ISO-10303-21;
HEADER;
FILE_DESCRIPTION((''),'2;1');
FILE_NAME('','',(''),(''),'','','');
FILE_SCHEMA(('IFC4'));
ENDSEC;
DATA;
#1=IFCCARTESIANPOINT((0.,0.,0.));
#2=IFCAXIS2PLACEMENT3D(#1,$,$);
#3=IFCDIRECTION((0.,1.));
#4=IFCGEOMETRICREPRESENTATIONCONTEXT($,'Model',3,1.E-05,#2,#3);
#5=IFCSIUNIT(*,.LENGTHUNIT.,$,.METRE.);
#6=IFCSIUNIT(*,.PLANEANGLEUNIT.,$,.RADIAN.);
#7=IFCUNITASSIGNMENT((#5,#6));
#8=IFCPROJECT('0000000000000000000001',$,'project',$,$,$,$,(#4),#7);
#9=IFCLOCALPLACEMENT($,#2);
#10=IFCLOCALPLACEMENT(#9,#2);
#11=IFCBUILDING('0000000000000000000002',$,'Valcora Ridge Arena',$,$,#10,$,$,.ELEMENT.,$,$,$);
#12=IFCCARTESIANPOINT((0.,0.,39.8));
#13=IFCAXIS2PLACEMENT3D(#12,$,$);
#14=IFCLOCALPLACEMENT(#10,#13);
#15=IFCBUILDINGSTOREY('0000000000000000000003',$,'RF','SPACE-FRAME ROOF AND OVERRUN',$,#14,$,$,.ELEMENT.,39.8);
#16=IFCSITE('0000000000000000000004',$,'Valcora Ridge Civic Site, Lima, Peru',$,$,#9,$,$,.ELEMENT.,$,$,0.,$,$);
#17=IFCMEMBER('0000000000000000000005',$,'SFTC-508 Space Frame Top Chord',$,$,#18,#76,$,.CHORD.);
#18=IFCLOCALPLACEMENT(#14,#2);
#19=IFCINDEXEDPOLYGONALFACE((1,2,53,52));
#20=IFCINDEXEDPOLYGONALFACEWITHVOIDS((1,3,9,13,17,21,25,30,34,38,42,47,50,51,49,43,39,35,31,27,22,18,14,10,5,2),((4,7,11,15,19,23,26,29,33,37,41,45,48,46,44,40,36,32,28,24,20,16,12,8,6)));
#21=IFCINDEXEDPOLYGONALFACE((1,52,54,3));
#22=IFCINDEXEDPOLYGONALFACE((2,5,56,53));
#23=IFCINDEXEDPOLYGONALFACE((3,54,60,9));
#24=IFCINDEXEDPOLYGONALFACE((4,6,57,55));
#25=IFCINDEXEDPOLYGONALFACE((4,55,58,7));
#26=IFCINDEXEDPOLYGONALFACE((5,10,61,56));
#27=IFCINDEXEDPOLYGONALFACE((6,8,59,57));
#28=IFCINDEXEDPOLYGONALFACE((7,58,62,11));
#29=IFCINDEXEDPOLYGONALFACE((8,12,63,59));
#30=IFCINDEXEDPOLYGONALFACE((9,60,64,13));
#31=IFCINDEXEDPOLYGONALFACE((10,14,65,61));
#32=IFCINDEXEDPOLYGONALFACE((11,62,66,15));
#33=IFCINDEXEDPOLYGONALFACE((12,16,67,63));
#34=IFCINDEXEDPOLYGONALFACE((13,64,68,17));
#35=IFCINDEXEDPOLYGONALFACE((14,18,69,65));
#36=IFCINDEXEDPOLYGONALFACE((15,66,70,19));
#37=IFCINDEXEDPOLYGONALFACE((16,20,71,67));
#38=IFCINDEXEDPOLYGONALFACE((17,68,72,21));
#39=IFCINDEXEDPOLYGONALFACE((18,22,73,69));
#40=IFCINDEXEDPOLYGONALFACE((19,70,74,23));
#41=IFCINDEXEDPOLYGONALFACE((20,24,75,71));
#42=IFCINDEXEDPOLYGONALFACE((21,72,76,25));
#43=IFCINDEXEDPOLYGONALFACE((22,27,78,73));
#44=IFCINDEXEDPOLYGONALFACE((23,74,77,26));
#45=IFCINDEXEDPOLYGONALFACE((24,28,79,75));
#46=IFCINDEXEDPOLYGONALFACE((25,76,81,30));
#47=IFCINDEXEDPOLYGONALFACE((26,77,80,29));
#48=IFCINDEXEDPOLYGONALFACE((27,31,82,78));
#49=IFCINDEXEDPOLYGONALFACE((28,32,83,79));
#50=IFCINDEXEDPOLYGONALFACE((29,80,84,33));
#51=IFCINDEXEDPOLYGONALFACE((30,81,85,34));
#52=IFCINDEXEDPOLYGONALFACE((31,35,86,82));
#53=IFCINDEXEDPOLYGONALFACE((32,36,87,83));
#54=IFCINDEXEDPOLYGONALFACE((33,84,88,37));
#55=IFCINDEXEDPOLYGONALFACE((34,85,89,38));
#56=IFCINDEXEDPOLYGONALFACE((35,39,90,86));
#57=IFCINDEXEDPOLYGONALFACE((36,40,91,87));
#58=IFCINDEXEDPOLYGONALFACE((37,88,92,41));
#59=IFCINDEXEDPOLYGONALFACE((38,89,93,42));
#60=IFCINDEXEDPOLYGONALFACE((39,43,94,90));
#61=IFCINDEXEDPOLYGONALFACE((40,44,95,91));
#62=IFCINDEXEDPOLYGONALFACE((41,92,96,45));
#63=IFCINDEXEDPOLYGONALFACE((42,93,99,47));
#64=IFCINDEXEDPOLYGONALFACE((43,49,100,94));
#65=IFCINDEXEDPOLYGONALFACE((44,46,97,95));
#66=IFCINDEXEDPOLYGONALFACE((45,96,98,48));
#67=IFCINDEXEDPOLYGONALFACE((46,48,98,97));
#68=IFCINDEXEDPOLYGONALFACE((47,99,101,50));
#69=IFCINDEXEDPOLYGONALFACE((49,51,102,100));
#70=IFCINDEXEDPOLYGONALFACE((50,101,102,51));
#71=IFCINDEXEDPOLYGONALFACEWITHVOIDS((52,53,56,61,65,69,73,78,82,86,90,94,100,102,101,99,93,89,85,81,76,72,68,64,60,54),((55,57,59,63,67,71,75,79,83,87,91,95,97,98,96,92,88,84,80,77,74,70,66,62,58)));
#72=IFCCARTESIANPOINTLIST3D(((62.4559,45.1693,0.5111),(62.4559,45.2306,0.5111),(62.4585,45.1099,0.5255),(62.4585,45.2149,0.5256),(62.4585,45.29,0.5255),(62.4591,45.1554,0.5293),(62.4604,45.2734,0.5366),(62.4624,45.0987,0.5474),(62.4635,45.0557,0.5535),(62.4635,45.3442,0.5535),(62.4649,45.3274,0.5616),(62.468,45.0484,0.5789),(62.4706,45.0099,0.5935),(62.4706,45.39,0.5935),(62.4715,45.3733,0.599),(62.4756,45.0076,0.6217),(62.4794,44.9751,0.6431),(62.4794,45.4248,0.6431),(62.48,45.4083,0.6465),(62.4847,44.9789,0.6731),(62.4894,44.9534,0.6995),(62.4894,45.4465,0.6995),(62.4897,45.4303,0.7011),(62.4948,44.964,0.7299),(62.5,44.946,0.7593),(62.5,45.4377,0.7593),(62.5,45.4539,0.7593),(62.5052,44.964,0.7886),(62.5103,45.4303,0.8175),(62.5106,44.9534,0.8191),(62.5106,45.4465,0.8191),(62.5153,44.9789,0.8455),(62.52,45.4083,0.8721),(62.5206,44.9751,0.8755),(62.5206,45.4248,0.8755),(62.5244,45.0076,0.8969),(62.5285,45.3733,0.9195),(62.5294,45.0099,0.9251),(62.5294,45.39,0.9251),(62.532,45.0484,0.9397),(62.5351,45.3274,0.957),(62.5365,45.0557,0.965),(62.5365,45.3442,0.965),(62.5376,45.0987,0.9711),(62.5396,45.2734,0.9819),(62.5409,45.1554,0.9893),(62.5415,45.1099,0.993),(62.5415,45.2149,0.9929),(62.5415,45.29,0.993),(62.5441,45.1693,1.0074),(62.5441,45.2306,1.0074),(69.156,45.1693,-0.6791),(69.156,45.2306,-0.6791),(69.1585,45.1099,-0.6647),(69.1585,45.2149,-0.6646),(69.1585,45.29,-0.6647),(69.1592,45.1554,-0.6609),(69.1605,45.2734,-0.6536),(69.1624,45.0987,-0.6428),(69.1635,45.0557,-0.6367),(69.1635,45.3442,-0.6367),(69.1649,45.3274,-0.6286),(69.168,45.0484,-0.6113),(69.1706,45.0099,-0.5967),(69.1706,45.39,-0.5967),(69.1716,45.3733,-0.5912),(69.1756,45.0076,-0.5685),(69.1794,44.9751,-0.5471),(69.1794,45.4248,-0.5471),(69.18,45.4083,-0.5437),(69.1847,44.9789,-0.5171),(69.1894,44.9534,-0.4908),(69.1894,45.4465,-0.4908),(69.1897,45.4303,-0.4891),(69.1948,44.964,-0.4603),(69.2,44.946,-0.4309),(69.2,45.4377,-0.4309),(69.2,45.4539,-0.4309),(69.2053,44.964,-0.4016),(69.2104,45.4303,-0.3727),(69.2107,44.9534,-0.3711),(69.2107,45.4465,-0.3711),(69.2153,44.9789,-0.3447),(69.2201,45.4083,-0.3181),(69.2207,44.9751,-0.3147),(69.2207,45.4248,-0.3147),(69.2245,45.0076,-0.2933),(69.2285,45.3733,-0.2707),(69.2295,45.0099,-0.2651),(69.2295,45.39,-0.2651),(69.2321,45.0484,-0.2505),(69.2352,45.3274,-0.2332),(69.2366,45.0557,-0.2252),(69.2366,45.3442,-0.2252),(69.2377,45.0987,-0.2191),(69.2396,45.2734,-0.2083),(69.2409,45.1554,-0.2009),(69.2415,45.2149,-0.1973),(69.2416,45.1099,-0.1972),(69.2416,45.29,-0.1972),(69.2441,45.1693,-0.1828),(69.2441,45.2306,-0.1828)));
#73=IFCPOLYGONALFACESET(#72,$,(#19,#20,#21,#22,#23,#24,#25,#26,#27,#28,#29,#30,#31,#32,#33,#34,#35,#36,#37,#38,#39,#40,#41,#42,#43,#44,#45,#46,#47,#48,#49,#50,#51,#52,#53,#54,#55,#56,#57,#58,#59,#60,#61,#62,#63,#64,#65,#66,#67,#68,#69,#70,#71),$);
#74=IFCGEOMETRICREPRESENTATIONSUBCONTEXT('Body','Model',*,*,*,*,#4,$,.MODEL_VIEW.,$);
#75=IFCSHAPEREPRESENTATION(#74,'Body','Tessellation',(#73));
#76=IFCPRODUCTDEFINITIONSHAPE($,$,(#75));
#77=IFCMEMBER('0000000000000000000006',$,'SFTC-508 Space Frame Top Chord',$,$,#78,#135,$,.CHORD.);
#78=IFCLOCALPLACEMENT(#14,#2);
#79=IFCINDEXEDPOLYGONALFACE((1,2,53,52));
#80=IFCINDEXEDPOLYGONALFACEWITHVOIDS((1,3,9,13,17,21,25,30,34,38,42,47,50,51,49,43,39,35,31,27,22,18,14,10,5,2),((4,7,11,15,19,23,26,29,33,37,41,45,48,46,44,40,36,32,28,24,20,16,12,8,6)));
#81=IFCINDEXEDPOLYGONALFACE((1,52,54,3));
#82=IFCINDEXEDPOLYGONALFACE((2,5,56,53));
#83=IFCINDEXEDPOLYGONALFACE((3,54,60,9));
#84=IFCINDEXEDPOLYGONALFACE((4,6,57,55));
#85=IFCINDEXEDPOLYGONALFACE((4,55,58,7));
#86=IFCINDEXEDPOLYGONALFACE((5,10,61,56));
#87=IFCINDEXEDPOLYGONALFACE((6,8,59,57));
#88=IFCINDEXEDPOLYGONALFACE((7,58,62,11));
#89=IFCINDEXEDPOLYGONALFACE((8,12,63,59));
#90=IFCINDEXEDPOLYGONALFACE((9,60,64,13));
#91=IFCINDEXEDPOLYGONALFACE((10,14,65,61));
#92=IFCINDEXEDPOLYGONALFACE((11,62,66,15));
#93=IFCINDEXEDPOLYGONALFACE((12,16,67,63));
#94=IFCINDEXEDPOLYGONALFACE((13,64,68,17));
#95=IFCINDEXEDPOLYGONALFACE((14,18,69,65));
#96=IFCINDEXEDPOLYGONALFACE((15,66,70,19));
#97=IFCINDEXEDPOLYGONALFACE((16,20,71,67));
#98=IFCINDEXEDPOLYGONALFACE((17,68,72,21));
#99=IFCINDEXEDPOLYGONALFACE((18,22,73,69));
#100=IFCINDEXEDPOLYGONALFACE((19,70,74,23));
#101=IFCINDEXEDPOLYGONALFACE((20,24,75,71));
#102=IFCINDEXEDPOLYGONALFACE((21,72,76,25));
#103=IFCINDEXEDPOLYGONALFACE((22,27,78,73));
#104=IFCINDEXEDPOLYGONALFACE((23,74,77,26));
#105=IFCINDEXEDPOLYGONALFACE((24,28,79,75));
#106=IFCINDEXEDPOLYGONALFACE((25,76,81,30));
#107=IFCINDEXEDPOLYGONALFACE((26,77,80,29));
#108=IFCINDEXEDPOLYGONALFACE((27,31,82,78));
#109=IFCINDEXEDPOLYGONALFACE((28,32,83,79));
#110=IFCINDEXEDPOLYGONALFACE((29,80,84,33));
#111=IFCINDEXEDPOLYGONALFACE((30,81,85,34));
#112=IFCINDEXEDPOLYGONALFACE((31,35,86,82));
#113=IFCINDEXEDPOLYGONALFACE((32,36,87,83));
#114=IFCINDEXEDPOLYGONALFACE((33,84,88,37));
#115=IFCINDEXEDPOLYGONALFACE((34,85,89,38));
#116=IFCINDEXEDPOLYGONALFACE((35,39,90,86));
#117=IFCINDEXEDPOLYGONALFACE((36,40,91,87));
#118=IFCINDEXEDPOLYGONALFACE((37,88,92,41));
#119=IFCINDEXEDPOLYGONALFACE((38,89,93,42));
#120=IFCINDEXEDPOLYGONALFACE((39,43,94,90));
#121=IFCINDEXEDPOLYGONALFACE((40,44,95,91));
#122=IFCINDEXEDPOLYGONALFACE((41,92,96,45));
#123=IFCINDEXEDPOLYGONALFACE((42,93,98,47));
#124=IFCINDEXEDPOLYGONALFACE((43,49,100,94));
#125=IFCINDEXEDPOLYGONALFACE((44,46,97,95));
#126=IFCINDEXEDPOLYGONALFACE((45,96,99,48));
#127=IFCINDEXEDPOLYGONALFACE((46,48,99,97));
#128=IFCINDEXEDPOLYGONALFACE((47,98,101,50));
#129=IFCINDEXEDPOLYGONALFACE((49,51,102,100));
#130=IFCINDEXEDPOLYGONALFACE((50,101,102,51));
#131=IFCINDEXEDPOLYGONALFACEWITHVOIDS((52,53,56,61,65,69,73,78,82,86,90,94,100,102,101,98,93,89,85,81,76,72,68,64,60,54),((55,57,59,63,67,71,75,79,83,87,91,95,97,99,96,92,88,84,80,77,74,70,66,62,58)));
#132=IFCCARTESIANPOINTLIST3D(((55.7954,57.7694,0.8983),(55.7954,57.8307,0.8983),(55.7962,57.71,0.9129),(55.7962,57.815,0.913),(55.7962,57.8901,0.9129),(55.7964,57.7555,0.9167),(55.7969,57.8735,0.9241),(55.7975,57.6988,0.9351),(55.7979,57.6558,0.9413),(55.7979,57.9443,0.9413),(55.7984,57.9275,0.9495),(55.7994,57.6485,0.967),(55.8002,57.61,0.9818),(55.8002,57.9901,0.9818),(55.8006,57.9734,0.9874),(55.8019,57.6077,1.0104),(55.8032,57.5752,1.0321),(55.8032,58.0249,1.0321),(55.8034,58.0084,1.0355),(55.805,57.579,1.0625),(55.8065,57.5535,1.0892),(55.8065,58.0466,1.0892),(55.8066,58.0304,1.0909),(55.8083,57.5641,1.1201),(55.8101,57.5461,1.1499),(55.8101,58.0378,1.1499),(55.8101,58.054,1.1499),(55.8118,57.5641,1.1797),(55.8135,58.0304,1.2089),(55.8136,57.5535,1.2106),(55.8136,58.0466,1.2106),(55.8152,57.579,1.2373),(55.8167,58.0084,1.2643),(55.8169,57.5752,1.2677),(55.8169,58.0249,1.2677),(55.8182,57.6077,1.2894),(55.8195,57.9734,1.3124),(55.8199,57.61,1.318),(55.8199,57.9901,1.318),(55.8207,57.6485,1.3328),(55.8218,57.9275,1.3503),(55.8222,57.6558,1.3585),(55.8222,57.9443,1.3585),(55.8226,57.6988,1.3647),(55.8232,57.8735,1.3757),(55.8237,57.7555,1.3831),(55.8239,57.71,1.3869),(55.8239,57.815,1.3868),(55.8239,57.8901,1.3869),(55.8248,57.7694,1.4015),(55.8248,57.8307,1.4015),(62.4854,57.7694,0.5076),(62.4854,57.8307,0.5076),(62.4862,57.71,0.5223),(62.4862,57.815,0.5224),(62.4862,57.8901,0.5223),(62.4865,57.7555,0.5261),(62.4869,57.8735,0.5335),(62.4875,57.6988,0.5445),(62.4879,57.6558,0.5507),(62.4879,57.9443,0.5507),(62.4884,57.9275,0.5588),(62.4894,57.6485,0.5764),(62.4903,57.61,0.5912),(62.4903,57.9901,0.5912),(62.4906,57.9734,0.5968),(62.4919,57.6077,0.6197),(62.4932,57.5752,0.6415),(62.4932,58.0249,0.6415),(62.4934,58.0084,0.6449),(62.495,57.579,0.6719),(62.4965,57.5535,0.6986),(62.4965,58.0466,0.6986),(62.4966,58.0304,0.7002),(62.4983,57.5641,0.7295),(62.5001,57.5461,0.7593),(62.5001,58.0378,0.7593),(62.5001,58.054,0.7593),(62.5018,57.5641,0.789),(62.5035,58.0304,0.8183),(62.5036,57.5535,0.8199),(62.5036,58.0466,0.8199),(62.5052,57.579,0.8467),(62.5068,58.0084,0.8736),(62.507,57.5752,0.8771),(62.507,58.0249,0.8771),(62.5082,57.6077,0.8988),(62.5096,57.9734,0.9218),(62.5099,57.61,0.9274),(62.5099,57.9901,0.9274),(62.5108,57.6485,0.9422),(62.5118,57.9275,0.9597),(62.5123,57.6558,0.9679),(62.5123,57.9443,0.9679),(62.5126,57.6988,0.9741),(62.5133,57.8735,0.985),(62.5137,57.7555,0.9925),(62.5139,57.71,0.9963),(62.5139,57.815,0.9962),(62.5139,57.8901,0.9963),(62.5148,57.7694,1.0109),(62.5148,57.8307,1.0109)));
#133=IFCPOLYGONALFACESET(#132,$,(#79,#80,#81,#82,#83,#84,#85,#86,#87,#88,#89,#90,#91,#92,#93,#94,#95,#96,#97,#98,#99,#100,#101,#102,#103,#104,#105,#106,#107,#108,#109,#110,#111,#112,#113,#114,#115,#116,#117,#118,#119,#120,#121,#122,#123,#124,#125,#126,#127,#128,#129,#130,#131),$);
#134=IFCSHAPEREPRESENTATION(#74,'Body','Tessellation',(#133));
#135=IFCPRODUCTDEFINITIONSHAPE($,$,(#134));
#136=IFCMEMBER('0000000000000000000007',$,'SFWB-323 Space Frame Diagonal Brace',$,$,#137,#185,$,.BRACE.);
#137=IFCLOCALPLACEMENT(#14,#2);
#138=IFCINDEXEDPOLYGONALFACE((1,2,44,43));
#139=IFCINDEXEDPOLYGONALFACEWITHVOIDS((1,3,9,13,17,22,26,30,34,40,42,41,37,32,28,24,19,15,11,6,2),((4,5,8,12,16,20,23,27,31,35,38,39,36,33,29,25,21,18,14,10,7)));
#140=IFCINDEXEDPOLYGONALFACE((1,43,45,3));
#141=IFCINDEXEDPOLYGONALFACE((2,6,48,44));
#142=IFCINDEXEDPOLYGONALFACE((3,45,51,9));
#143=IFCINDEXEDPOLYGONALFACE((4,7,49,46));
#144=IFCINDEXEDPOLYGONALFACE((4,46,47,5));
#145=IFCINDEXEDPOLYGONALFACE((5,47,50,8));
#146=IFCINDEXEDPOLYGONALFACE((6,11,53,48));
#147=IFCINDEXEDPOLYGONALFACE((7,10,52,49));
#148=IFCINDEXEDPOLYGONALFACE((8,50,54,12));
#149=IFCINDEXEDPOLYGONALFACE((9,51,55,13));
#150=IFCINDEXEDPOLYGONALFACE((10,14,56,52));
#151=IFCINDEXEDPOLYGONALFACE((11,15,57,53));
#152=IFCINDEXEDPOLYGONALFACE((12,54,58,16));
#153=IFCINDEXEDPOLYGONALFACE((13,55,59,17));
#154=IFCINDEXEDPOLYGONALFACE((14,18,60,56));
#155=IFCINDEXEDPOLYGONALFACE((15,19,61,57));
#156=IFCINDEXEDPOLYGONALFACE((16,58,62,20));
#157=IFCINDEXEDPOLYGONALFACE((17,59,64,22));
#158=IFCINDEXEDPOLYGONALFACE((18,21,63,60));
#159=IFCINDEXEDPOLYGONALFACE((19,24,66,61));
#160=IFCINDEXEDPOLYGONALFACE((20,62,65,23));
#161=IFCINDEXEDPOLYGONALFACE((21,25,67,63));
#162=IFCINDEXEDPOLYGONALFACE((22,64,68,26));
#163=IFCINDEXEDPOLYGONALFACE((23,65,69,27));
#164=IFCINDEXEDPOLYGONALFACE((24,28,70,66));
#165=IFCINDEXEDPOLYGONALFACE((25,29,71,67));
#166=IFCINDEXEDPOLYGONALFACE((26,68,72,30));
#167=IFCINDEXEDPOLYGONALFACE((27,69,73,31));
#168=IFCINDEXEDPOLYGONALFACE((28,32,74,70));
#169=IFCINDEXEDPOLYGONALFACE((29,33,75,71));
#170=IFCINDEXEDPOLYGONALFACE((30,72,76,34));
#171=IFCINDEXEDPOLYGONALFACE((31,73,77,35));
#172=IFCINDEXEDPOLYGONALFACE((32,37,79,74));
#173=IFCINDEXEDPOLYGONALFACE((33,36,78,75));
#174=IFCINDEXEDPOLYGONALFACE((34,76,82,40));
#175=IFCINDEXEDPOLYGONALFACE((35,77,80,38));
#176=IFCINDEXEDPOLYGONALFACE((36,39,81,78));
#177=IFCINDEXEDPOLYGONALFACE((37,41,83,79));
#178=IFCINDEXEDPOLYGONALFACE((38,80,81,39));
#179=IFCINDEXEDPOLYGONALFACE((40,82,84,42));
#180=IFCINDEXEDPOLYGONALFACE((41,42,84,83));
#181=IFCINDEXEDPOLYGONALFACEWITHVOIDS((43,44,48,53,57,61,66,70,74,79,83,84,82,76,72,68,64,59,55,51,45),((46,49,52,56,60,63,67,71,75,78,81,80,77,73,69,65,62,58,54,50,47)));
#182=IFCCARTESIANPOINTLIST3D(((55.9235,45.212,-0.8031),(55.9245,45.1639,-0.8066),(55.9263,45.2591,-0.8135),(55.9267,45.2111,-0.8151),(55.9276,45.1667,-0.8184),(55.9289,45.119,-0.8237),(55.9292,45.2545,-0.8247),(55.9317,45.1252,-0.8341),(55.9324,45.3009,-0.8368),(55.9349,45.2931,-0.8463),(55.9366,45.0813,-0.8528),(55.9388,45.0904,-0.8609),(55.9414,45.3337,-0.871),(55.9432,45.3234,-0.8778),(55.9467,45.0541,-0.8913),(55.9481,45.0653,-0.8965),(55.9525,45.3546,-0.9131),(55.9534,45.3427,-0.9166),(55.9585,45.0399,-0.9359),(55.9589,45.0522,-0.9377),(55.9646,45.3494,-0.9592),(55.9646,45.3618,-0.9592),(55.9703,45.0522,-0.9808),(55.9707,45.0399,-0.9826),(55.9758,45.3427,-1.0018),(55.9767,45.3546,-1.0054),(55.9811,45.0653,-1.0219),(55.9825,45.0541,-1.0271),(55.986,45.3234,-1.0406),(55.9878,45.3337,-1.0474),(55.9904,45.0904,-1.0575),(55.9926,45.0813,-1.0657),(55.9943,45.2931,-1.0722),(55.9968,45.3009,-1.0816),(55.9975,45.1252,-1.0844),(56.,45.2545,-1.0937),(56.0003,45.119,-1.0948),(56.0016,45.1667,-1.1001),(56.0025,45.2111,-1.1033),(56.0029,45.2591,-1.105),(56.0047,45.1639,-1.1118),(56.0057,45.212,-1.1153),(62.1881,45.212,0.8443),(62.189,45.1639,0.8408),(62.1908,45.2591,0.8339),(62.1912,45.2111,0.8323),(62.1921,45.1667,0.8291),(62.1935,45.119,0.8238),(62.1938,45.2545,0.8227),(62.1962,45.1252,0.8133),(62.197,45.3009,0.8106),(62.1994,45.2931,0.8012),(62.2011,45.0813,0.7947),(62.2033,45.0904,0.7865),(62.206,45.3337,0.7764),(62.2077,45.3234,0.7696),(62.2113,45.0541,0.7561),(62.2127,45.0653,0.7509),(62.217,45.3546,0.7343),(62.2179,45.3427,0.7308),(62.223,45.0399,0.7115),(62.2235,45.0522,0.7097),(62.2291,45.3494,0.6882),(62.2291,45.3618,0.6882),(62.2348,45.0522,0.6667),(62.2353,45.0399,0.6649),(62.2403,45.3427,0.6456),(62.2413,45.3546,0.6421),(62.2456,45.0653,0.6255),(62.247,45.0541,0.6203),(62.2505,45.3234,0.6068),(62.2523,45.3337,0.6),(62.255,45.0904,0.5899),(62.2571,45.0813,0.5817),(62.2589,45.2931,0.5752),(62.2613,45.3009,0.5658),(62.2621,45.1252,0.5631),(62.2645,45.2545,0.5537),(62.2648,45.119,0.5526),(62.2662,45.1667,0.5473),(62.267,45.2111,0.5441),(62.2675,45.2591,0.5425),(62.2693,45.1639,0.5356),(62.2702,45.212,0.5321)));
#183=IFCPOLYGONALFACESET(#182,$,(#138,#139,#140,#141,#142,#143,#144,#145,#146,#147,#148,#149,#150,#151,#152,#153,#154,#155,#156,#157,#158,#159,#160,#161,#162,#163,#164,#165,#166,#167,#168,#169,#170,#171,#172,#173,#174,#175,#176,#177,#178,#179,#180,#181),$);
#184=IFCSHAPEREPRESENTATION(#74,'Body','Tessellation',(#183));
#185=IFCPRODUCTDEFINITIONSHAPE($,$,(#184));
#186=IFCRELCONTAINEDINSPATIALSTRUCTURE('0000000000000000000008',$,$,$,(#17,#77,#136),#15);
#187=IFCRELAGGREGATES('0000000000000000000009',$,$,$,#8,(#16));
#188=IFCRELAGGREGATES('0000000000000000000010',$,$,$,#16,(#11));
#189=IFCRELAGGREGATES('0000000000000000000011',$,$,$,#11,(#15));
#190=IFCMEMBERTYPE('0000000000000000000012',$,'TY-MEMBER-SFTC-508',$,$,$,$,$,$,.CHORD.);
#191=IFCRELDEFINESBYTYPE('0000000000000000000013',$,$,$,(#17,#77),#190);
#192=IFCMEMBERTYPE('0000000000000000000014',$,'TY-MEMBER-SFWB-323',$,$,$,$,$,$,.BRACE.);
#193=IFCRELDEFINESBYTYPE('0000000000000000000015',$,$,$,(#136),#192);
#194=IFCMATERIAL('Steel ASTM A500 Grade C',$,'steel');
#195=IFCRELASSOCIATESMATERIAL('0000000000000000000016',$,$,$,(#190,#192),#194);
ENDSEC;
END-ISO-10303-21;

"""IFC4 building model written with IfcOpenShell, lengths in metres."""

from ifc_helpers import new_model, si_unit, direction, frame, origin, origin_2d, place, context, subcontext, project, spatial, hollow_circle, extrude, material, material_profile, profile_set, type_object, element, save


model = new_model("IFC4")

# Units and contexts
model_context = context("Model", 3, precision=1e-05, world=origin(), true_north=direction((0.0, 1.0)))
body_context = subcontext(model_context, "Body", "Model", "MODEL_VIEW")
ifc_project = project(units=[si_unit("LENGTHUNIT", "METRE"), si_unit("PLANEANGLEUNIT", "RADIAN")], contexts=[model_context])

# Site, building, storey
site_placement = place(None, origin())
site = spatial("IfcSite", under=ifc_project, at=site_placement, Name="Valcora Ridge Civic Site, Lima, Peru", CompositionType="ELEMENT", RefElevation=0.0)
building_placement = place(site_placement, origin())
building = spatial("IfcBuilding", under=site, at=building_placement, Name="Valcora Ridge Arena", CompositionType="ELEMENT")
storey_placement = place(building_placement, frame((0.0, 0.0, 39.8)))
storey = spatial("IfcBuildingStorey", under=building, at=storey_placement, Name="RF", Description="SPACE-FRAME ROOF AND OVERRUN", CompositionType="ELEMENT", Elevation=39.8)

# Members
ifc_material_1 = material(Name="Steel ASTM A500 Grade C", Category="steel")
ifc_material_profile_1 = material_profile(ifc_material_1, hollow_circle(Radius=0.2539, WallThickness=0.0161, at=origin_2d()), Name="CHS508X16")
ifc_profile_set_1 = profile_set([ifc_material_profile_1], Name="Steel ASTM A500 Grade C")
member_type_1 = type_object("IfcMemberType", Name="TY-MEMBER-SFTC-508", PredefinedType="CHORD", material=ifc_profile_set_1)
member_1_placement = place(storey_placement, frame((62.5, 45.2, 0.7593), z_axis=(0.984586, 0.0, -0.174903), x_axis=(0.0, 1.0, 0.0)))
element("IfcMember", 1, at=member_1_placement, inside=storey, type_object=member_type_1, Name="SFTC-508 Space Frame Top Chord", PredefinedType="CHORD", context=body_context, shape_type="SweptSolid", body=[
    extrude(hollow_circle(Radius=0.2539, WallThickness=0.0161, at=origin_2d()), origin(), (0.0, 0.0, 1.0), 6.8049),
])
member_2_placement = place(storey_placement, frame((55.8101, 57.8, 1.1499), z_axis=(0.9983, 0.0, -0.058291), x_axis=(0.0, 1.0, 0.0)))
element("IfcMember", 2, at=member_2_placement, inside=storey, type_object=member_type_1, Name="SFTC-508 Space Frame Top Chord", PredefinedType="CHORD", context=body_context, shape_type="SweptSolid", body=[
    extrude(hollow_circle(Radius=0.2539, WallThickness=0.0161, at=origin_2d()), origin(), (0.0, 0.0, 1.0), 6.7014),
])
ifc_material_profile_2 = material_profile(ifc_material_1, hollow_circle(Radius=0.1619, WallThickness=0.0125, at=origin_2d()), Name="CHS323X12")
ifc_profile_set_2 = profile_set([ifc_material_profile_2], Name="Steel ASTM A500 Grade C")
member_type_2 = type_object("IfcMemberType", Name="TY-MEMBER-SFWB-323", PredefinedType="BRACE", material=ifc_profile_set_2)
member_3_placement = place(storey_placement, frame((55.9646, 45.2, -0.9592), z_axis=(0.967117, 0.0, 0.25433), x_axis=(0.0, 1.0, 0.0)))
element("IfcMember", 3, at=member_3_placement, inside=storey, type_object=member_type_2, Name="SFWB-323 Space Frame Diagonal Brace", PredefinedType="BRACE", context=body_context, shape_type="SweptSolid", body=[
    extrude(hollow_circle(Radius=0.1619, WallThickness=0.0125, at=origin_2d()), origin(), (0.0, 0.0, 1.0), 6.4775),
])

save(model, "model.ifc")
